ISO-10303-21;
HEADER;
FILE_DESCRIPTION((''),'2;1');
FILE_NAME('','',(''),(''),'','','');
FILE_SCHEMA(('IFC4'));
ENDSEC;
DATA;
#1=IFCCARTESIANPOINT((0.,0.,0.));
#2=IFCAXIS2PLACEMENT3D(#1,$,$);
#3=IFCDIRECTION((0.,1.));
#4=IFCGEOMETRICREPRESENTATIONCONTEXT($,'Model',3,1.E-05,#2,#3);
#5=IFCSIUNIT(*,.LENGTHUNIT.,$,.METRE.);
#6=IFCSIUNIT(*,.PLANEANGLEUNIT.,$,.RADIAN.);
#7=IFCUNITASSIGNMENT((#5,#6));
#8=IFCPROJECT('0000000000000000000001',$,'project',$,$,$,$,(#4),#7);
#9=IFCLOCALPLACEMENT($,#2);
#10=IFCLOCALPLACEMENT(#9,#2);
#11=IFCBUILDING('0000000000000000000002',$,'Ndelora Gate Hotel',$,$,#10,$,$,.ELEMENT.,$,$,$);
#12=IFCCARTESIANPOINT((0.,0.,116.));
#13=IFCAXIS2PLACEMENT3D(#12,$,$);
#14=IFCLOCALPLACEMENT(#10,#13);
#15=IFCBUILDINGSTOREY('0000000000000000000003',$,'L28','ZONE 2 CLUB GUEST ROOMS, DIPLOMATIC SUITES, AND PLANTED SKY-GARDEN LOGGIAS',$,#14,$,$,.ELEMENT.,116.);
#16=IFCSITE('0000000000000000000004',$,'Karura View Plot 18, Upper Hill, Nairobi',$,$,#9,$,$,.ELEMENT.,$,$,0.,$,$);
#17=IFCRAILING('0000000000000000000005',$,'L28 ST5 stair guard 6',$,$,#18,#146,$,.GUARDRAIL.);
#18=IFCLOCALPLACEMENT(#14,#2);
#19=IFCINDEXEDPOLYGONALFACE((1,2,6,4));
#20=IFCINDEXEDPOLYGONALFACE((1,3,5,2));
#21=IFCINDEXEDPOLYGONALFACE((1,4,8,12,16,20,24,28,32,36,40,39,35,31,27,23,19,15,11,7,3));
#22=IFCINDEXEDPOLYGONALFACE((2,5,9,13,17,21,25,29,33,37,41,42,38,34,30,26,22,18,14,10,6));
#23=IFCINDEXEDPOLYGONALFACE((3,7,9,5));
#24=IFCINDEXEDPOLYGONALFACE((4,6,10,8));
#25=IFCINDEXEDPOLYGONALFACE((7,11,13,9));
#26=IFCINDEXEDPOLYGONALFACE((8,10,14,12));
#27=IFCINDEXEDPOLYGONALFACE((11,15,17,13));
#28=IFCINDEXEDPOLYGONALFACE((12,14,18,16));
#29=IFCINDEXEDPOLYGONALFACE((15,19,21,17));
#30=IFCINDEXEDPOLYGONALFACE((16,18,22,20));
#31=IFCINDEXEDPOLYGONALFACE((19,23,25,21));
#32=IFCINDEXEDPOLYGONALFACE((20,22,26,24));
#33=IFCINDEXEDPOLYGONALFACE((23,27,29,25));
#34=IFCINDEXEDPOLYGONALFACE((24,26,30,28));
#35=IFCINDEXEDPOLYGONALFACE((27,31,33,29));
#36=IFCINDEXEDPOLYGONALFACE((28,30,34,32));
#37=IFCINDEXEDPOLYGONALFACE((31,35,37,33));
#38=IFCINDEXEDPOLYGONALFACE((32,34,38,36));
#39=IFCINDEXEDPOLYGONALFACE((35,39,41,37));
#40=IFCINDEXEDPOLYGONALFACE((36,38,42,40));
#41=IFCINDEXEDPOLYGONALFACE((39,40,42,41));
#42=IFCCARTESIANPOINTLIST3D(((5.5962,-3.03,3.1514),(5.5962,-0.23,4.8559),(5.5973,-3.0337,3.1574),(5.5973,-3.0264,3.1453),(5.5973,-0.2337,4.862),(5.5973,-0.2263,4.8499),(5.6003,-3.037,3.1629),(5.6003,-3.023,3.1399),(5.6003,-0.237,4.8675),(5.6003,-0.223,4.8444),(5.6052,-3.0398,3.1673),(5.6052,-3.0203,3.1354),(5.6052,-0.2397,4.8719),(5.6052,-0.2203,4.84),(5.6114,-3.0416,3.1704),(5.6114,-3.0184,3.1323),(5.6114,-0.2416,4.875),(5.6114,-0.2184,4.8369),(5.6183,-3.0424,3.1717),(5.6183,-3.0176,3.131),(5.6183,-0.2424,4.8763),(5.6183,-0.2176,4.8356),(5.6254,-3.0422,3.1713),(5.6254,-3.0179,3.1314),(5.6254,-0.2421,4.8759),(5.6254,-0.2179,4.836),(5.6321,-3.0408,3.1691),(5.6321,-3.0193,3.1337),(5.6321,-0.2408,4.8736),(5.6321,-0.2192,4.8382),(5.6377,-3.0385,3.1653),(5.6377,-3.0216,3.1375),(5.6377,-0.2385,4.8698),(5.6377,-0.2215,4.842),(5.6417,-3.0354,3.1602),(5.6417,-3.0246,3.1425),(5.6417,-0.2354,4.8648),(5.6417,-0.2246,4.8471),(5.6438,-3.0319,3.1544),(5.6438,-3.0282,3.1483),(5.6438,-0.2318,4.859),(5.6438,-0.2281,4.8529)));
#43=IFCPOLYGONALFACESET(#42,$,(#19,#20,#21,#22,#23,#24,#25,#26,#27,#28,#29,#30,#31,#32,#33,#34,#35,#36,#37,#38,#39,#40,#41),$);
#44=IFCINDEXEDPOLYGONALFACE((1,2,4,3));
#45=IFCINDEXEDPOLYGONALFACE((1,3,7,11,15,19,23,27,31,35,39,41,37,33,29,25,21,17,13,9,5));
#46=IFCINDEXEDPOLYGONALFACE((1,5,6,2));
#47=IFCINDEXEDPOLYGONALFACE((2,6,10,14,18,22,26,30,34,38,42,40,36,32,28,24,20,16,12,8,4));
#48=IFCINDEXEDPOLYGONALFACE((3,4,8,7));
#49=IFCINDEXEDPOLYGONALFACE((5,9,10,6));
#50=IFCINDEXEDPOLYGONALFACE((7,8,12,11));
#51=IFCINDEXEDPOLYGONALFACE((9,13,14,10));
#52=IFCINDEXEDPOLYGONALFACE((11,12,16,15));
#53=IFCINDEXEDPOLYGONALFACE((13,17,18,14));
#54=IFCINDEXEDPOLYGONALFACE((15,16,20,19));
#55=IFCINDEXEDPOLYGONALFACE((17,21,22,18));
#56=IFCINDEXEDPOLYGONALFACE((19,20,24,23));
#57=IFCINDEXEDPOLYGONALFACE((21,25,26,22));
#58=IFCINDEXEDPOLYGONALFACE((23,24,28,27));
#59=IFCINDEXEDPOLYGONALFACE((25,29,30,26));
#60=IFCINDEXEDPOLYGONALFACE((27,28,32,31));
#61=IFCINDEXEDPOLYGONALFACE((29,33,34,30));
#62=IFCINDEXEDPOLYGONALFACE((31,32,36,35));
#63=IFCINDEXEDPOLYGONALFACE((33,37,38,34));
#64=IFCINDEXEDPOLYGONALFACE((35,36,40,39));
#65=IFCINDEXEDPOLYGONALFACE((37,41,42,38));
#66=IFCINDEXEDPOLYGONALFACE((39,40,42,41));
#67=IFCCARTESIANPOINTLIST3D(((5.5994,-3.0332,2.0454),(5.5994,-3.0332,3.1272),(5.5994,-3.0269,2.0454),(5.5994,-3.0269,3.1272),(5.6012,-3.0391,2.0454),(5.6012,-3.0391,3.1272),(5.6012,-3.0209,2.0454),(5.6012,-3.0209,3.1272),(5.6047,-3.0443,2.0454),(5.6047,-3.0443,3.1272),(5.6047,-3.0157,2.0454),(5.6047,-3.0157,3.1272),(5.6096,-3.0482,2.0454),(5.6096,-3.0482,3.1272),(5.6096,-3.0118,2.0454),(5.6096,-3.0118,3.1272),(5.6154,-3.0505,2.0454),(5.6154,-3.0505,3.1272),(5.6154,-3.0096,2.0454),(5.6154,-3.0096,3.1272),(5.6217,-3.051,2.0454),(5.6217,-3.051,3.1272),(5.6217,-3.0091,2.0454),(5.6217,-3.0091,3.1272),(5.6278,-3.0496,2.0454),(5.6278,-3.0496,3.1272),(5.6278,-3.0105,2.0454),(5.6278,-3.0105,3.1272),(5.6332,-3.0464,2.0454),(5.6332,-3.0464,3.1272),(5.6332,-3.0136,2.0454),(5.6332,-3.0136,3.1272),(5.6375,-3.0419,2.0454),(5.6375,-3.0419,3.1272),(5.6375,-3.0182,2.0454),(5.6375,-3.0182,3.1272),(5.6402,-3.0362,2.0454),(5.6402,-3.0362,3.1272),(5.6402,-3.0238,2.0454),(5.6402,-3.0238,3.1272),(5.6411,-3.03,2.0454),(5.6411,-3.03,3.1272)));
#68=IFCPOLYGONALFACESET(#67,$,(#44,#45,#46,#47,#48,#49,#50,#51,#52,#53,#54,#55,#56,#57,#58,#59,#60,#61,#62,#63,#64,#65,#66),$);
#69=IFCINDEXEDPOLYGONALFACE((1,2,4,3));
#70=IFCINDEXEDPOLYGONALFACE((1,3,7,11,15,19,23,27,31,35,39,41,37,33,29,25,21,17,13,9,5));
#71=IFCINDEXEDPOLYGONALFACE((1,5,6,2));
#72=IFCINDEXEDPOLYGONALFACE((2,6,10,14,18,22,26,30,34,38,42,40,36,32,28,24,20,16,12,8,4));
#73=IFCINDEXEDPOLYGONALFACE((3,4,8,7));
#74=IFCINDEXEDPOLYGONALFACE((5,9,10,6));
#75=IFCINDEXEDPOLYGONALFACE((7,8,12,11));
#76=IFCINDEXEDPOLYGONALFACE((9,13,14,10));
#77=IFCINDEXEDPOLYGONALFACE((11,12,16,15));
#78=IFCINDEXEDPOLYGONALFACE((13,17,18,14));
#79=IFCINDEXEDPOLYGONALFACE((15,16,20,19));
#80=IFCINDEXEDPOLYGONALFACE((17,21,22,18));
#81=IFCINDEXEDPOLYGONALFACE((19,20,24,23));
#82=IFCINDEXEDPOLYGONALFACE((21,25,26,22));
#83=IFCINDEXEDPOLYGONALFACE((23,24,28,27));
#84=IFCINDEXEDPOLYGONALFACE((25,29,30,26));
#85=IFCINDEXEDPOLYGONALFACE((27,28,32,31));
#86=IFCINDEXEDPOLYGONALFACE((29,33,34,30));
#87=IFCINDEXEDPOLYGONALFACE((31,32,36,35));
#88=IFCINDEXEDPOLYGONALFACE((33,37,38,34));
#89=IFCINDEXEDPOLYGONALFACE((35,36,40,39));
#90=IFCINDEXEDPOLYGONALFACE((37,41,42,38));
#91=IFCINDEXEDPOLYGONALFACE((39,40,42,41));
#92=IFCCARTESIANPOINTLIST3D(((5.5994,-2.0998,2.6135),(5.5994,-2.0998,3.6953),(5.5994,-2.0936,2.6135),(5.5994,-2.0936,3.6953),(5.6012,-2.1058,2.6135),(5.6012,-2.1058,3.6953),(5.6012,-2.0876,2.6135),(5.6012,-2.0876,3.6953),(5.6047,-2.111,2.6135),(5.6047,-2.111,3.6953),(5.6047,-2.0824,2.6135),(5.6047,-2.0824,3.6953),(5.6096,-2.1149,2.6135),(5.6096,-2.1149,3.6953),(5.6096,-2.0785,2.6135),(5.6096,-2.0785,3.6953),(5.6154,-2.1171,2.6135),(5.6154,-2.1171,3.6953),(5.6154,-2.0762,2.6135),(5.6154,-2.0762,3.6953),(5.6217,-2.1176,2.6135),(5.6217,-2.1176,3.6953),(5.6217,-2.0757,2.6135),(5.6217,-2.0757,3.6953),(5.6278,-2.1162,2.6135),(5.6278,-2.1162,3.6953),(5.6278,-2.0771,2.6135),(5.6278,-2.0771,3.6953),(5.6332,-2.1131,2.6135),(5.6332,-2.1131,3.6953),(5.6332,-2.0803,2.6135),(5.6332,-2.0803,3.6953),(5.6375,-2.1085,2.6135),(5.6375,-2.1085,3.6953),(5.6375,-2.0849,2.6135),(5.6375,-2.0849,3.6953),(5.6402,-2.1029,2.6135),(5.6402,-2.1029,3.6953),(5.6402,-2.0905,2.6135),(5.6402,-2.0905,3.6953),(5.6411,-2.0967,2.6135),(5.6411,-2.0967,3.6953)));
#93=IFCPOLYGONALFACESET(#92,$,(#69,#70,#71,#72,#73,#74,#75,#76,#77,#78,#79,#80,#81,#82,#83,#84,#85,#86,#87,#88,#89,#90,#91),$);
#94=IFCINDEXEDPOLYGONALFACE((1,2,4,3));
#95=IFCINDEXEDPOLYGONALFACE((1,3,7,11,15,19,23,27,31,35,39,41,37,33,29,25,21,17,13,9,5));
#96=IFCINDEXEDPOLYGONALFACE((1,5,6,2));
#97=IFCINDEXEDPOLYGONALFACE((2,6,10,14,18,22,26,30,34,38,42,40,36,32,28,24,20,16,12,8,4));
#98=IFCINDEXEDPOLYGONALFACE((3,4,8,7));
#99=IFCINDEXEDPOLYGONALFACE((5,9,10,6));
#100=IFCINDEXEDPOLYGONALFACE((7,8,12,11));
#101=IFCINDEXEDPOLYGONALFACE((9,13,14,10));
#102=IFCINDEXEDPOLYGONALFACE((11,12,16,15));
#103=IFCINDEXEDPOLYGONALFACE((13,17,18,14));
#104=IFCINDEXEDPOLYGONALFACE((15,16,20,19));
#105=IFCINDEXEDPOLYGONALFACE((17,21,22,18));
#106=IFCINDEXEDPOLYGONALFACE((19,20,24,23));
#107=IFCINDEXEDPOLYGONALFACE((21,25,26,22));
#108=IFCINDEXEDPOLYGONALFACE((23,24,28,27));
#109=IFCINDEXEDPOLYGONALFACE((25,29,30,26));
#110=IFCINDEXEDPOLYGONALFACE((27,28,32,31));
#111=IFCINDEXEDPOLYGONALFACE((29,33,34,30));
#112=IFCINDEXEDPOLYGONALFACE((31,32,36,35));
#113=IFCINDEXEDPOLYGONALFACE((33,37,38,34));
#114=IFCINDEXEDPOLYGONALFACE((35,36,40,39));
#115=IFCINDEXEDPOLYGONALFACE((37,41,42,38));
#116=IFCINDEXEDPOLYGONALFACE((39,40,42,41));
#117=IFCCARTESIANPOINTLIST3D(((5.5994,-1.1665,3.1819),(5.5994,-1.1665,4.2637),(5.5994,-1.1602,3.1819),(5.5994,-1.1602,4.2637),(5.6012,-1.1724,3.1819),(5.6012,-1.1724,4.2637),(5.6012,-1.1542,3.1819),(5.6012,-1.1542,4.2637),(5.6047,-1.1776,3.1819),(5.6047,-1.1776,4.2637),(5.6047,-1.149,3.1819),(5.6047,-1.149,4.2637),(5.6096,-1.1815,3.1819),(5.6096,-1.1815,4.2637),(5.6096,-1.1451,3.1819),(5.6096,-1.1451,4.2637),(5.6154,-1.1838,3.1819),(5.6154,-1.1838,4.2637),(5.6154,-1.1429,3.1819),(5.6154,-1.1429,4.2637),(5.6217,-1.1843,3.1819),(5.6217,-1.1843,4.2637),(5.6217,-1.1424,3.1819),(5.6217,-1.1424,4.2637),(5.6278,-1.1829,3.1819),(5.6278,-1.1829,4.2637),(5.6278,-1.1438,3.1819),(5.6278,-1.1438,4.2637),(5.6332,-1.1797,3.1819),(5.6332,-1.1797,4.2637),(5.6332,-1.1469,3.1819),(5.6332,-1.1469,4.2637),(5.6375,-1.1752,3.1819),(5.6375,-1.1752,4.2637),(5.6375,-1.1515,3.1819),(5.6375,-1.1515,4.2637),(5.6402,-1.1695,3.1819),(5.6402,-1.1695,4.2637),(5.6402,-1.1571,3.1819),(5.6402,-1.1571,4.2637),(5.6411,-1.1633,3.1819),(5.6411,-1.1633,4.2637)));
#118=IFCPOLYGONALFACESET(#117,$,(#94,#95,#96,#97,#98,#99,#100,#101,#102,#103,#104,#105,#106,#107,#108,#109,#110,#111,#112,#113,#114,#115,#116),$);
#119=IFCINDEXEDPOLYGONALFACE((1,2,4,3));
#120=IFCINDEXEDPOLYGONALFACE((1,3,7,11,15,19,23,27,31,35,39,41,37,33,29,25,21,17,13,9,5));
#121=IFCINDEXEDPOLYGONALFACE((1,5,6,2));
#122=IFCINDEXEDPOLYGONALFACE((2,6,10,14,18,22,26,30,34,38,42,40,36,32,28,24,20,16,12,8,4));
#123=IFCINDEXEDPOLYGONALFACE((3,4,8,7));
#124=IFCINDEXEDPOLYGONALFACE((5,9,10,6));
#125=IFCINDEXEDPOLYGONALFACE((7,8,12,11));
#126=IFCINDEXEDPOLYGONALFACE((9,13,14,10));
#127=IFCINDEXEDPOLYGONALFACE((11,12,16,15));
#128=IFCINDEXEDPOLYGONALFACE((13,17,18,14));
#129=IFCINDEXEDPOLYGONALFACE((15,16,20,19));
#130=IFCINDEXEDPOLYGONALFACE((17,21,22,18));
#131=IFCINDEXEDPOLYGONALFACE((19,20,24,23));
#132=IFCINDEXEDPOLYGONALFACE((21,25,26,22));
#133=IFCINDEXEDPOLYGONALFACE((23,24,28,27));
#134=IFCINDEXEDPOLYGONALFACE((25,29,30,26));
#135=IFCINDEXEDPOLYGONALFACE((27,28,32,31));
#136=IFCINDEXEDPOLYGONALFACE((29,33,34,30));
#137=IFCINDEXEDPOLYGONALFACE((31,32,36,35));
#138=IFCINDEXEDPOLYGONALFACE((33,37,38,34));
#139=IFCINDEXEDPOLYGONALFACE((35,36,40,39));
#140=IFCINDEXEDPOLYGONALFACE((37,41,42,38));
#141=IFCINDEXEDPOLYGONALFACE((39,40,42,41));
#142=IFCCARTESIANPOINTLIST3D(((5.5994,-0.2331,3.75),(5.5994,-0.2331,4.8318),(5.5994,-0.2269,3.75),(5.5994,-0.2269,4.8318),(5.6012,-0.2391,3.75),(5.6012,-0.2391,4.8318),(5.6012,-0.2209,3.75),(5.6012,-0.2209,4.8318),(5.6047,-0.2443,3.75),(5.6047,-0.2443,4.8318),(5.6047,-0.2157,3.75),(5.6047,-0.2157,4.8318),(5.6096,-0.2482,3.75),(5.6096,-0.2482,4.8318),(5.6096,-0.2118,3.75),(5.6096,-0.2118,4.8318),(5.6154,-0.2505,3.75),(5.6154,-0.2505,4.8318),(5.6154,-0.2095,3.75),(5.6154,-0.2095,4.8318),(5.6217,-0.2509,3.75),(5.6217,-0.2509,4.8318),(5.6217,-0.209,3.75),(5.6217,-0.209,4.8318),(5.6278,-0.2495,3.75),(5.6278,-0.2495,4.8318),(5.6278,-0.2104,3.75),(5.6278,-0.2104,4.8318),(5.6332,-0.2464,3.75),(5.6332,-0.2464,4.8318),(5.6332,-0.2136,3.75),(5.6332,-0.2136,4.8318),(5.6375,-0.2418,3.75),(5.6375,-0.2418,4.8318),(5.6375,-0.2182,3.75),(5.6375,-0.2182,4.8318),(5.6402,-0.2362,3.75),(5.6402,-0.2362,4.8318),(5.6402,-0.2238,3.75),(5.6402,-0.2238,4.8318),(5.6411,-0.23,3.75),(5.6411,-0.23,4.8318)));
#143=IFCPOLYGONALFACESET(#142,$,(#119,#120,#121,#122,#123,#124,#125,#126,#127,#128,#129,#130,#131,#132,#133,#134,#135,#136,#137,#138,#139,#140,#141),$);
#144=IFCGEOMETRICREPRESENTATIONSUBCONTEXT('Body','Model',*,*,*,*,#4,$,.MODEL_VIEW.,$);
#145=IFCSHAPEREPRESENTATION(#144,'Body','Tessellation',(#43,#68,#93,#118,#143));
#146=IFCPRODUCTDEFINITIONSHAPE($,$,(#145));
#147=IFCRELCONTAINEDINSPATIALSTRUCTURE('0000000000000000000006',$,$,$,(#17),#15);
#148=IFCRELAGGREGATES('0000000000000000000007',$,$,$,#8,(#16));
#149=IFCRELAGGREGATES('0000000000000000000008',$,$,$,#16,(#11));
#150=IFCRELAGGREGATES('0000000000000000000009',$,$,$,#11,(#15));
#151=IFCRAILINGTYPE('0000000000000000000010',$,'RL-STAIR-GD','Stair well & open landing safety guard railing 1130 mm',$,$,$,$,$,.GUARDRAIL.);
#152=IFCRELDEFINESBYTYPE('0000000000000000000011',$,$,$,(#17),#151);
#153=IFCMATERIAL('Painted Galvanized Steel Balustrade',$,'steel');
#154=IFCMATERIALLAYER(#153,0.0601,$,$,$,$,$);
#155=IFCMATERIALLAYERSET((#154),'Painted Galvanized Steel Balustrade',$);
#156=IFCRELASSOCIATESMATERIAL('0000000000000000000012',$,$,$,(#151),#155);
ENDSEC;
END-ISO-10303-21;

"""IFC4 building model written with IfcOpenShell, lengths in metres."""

from ifc_helpers import new_model, si_unit, direction, frame, origin, origin_2d, place, context, subcontext, project, spatial, circle, extrude, material, layer, layer_set, type_object, element, save


model = new_model("IFC4")

# Units and contexts
model_context = context("Model", 3, precision=1e-05, world=origin(), true_north=direction((0.0, 1.0)))
body_context = subcontext(model_context, "Body", "Model", "MODEL_VIEW")
ifc_project = project(units=[si_unit("LENGTHUNIT", "METRE"), si_unit("PLANEANGLEUNIT", "RADIAN")], contexts=[model_context])

# Site, building, storey
site_placement = place(None, origin())
site = spatial("IfcSite", under=ifc_project, at=site_placement, Name="Karura View Plot 18, Upper Hill, Nairobi", CompositionType="ELEMENT", RefElevation=0.0)
building_placement = place(site_placement, origin())
building = spatial("IfcBuilding", under=site, at=building_placement, Name="Ndelora Gate Hotel", CompositionType="ELEMENT")
storey_placement = place(building_placement, frame((0.0, 0.0, 116.0)))
storey = spatial("IfcBuildingStorey", under=building, at=storey_placement, Name="L28", Description="ZONE 2 CLUB GUEST ROOMS, DIPLOMATIC SUITES, AND PLANTED SKY-GARDEN LOGGIAS", CompositionType="ELEMENT", Elevation=116.0)

# Railing
ifc_material_1 = material(Name="Painted Galvanized Steel Balustrade", Category="steel")
ifc_layer_1 = layer(ifc_material_1, 0.0601)
ifc_layer_set_1 = layer_set([ifc_layer_1], Name="Painted Galvanized Steel Balustrade")
railing_type_1 = type_object("IfcRailingType", Name="RL-STAIR-GD", Description="Stair well & open landing safety guard railing 1130 mm", PredefinedType="GUARDRAIL", material=ifc_layer_set_1)
railing_1_placement = place(storey_placement, frame((5.6201, -3.03, 2.0454)))
element("IfcRailing", 1, at=railing_1_placement, inside=storey, type_object=railing_type_1, Name="L28 ST5 stair guard 6", PredefinedType="GUARDRAIL", context=body_context, shape_type="SweptSolid", body=[
    extrude(circle(Radius=0.0239, at=origin_2d()), frame((0.0, 0.0, 1.106), z_axis=(0.0, 0.85417, 0.519994), x_axis=(-1.0, 0.0, 0.0)), (0.0, 0.0, 1.0), 3.2781),
    extrude(circle(Radius=0.021, at=origin_2d()), origin(), (0.0, 0.0, 1.0), 1.0818),
    extrude(circle(Radius=0.021, at=origin_2d()), frame((0.0, 0.9333, 0.5681)), (0.0, 0.0, 1.0), 1.0818),
    extrude(circle(Radius=0.021, at=origin_2d()), frame((0.0, 1.8667, 1.1365)), (0.0, 0.0, 1.0), 1.0818),
    extrude(circle(Radius=0.021, at=origin_2d()), frame((0.0, 2.8, 1.7046)), (0.0, 0.0, 1.0), 1.0818),
])

save(model, "model.ifc")
